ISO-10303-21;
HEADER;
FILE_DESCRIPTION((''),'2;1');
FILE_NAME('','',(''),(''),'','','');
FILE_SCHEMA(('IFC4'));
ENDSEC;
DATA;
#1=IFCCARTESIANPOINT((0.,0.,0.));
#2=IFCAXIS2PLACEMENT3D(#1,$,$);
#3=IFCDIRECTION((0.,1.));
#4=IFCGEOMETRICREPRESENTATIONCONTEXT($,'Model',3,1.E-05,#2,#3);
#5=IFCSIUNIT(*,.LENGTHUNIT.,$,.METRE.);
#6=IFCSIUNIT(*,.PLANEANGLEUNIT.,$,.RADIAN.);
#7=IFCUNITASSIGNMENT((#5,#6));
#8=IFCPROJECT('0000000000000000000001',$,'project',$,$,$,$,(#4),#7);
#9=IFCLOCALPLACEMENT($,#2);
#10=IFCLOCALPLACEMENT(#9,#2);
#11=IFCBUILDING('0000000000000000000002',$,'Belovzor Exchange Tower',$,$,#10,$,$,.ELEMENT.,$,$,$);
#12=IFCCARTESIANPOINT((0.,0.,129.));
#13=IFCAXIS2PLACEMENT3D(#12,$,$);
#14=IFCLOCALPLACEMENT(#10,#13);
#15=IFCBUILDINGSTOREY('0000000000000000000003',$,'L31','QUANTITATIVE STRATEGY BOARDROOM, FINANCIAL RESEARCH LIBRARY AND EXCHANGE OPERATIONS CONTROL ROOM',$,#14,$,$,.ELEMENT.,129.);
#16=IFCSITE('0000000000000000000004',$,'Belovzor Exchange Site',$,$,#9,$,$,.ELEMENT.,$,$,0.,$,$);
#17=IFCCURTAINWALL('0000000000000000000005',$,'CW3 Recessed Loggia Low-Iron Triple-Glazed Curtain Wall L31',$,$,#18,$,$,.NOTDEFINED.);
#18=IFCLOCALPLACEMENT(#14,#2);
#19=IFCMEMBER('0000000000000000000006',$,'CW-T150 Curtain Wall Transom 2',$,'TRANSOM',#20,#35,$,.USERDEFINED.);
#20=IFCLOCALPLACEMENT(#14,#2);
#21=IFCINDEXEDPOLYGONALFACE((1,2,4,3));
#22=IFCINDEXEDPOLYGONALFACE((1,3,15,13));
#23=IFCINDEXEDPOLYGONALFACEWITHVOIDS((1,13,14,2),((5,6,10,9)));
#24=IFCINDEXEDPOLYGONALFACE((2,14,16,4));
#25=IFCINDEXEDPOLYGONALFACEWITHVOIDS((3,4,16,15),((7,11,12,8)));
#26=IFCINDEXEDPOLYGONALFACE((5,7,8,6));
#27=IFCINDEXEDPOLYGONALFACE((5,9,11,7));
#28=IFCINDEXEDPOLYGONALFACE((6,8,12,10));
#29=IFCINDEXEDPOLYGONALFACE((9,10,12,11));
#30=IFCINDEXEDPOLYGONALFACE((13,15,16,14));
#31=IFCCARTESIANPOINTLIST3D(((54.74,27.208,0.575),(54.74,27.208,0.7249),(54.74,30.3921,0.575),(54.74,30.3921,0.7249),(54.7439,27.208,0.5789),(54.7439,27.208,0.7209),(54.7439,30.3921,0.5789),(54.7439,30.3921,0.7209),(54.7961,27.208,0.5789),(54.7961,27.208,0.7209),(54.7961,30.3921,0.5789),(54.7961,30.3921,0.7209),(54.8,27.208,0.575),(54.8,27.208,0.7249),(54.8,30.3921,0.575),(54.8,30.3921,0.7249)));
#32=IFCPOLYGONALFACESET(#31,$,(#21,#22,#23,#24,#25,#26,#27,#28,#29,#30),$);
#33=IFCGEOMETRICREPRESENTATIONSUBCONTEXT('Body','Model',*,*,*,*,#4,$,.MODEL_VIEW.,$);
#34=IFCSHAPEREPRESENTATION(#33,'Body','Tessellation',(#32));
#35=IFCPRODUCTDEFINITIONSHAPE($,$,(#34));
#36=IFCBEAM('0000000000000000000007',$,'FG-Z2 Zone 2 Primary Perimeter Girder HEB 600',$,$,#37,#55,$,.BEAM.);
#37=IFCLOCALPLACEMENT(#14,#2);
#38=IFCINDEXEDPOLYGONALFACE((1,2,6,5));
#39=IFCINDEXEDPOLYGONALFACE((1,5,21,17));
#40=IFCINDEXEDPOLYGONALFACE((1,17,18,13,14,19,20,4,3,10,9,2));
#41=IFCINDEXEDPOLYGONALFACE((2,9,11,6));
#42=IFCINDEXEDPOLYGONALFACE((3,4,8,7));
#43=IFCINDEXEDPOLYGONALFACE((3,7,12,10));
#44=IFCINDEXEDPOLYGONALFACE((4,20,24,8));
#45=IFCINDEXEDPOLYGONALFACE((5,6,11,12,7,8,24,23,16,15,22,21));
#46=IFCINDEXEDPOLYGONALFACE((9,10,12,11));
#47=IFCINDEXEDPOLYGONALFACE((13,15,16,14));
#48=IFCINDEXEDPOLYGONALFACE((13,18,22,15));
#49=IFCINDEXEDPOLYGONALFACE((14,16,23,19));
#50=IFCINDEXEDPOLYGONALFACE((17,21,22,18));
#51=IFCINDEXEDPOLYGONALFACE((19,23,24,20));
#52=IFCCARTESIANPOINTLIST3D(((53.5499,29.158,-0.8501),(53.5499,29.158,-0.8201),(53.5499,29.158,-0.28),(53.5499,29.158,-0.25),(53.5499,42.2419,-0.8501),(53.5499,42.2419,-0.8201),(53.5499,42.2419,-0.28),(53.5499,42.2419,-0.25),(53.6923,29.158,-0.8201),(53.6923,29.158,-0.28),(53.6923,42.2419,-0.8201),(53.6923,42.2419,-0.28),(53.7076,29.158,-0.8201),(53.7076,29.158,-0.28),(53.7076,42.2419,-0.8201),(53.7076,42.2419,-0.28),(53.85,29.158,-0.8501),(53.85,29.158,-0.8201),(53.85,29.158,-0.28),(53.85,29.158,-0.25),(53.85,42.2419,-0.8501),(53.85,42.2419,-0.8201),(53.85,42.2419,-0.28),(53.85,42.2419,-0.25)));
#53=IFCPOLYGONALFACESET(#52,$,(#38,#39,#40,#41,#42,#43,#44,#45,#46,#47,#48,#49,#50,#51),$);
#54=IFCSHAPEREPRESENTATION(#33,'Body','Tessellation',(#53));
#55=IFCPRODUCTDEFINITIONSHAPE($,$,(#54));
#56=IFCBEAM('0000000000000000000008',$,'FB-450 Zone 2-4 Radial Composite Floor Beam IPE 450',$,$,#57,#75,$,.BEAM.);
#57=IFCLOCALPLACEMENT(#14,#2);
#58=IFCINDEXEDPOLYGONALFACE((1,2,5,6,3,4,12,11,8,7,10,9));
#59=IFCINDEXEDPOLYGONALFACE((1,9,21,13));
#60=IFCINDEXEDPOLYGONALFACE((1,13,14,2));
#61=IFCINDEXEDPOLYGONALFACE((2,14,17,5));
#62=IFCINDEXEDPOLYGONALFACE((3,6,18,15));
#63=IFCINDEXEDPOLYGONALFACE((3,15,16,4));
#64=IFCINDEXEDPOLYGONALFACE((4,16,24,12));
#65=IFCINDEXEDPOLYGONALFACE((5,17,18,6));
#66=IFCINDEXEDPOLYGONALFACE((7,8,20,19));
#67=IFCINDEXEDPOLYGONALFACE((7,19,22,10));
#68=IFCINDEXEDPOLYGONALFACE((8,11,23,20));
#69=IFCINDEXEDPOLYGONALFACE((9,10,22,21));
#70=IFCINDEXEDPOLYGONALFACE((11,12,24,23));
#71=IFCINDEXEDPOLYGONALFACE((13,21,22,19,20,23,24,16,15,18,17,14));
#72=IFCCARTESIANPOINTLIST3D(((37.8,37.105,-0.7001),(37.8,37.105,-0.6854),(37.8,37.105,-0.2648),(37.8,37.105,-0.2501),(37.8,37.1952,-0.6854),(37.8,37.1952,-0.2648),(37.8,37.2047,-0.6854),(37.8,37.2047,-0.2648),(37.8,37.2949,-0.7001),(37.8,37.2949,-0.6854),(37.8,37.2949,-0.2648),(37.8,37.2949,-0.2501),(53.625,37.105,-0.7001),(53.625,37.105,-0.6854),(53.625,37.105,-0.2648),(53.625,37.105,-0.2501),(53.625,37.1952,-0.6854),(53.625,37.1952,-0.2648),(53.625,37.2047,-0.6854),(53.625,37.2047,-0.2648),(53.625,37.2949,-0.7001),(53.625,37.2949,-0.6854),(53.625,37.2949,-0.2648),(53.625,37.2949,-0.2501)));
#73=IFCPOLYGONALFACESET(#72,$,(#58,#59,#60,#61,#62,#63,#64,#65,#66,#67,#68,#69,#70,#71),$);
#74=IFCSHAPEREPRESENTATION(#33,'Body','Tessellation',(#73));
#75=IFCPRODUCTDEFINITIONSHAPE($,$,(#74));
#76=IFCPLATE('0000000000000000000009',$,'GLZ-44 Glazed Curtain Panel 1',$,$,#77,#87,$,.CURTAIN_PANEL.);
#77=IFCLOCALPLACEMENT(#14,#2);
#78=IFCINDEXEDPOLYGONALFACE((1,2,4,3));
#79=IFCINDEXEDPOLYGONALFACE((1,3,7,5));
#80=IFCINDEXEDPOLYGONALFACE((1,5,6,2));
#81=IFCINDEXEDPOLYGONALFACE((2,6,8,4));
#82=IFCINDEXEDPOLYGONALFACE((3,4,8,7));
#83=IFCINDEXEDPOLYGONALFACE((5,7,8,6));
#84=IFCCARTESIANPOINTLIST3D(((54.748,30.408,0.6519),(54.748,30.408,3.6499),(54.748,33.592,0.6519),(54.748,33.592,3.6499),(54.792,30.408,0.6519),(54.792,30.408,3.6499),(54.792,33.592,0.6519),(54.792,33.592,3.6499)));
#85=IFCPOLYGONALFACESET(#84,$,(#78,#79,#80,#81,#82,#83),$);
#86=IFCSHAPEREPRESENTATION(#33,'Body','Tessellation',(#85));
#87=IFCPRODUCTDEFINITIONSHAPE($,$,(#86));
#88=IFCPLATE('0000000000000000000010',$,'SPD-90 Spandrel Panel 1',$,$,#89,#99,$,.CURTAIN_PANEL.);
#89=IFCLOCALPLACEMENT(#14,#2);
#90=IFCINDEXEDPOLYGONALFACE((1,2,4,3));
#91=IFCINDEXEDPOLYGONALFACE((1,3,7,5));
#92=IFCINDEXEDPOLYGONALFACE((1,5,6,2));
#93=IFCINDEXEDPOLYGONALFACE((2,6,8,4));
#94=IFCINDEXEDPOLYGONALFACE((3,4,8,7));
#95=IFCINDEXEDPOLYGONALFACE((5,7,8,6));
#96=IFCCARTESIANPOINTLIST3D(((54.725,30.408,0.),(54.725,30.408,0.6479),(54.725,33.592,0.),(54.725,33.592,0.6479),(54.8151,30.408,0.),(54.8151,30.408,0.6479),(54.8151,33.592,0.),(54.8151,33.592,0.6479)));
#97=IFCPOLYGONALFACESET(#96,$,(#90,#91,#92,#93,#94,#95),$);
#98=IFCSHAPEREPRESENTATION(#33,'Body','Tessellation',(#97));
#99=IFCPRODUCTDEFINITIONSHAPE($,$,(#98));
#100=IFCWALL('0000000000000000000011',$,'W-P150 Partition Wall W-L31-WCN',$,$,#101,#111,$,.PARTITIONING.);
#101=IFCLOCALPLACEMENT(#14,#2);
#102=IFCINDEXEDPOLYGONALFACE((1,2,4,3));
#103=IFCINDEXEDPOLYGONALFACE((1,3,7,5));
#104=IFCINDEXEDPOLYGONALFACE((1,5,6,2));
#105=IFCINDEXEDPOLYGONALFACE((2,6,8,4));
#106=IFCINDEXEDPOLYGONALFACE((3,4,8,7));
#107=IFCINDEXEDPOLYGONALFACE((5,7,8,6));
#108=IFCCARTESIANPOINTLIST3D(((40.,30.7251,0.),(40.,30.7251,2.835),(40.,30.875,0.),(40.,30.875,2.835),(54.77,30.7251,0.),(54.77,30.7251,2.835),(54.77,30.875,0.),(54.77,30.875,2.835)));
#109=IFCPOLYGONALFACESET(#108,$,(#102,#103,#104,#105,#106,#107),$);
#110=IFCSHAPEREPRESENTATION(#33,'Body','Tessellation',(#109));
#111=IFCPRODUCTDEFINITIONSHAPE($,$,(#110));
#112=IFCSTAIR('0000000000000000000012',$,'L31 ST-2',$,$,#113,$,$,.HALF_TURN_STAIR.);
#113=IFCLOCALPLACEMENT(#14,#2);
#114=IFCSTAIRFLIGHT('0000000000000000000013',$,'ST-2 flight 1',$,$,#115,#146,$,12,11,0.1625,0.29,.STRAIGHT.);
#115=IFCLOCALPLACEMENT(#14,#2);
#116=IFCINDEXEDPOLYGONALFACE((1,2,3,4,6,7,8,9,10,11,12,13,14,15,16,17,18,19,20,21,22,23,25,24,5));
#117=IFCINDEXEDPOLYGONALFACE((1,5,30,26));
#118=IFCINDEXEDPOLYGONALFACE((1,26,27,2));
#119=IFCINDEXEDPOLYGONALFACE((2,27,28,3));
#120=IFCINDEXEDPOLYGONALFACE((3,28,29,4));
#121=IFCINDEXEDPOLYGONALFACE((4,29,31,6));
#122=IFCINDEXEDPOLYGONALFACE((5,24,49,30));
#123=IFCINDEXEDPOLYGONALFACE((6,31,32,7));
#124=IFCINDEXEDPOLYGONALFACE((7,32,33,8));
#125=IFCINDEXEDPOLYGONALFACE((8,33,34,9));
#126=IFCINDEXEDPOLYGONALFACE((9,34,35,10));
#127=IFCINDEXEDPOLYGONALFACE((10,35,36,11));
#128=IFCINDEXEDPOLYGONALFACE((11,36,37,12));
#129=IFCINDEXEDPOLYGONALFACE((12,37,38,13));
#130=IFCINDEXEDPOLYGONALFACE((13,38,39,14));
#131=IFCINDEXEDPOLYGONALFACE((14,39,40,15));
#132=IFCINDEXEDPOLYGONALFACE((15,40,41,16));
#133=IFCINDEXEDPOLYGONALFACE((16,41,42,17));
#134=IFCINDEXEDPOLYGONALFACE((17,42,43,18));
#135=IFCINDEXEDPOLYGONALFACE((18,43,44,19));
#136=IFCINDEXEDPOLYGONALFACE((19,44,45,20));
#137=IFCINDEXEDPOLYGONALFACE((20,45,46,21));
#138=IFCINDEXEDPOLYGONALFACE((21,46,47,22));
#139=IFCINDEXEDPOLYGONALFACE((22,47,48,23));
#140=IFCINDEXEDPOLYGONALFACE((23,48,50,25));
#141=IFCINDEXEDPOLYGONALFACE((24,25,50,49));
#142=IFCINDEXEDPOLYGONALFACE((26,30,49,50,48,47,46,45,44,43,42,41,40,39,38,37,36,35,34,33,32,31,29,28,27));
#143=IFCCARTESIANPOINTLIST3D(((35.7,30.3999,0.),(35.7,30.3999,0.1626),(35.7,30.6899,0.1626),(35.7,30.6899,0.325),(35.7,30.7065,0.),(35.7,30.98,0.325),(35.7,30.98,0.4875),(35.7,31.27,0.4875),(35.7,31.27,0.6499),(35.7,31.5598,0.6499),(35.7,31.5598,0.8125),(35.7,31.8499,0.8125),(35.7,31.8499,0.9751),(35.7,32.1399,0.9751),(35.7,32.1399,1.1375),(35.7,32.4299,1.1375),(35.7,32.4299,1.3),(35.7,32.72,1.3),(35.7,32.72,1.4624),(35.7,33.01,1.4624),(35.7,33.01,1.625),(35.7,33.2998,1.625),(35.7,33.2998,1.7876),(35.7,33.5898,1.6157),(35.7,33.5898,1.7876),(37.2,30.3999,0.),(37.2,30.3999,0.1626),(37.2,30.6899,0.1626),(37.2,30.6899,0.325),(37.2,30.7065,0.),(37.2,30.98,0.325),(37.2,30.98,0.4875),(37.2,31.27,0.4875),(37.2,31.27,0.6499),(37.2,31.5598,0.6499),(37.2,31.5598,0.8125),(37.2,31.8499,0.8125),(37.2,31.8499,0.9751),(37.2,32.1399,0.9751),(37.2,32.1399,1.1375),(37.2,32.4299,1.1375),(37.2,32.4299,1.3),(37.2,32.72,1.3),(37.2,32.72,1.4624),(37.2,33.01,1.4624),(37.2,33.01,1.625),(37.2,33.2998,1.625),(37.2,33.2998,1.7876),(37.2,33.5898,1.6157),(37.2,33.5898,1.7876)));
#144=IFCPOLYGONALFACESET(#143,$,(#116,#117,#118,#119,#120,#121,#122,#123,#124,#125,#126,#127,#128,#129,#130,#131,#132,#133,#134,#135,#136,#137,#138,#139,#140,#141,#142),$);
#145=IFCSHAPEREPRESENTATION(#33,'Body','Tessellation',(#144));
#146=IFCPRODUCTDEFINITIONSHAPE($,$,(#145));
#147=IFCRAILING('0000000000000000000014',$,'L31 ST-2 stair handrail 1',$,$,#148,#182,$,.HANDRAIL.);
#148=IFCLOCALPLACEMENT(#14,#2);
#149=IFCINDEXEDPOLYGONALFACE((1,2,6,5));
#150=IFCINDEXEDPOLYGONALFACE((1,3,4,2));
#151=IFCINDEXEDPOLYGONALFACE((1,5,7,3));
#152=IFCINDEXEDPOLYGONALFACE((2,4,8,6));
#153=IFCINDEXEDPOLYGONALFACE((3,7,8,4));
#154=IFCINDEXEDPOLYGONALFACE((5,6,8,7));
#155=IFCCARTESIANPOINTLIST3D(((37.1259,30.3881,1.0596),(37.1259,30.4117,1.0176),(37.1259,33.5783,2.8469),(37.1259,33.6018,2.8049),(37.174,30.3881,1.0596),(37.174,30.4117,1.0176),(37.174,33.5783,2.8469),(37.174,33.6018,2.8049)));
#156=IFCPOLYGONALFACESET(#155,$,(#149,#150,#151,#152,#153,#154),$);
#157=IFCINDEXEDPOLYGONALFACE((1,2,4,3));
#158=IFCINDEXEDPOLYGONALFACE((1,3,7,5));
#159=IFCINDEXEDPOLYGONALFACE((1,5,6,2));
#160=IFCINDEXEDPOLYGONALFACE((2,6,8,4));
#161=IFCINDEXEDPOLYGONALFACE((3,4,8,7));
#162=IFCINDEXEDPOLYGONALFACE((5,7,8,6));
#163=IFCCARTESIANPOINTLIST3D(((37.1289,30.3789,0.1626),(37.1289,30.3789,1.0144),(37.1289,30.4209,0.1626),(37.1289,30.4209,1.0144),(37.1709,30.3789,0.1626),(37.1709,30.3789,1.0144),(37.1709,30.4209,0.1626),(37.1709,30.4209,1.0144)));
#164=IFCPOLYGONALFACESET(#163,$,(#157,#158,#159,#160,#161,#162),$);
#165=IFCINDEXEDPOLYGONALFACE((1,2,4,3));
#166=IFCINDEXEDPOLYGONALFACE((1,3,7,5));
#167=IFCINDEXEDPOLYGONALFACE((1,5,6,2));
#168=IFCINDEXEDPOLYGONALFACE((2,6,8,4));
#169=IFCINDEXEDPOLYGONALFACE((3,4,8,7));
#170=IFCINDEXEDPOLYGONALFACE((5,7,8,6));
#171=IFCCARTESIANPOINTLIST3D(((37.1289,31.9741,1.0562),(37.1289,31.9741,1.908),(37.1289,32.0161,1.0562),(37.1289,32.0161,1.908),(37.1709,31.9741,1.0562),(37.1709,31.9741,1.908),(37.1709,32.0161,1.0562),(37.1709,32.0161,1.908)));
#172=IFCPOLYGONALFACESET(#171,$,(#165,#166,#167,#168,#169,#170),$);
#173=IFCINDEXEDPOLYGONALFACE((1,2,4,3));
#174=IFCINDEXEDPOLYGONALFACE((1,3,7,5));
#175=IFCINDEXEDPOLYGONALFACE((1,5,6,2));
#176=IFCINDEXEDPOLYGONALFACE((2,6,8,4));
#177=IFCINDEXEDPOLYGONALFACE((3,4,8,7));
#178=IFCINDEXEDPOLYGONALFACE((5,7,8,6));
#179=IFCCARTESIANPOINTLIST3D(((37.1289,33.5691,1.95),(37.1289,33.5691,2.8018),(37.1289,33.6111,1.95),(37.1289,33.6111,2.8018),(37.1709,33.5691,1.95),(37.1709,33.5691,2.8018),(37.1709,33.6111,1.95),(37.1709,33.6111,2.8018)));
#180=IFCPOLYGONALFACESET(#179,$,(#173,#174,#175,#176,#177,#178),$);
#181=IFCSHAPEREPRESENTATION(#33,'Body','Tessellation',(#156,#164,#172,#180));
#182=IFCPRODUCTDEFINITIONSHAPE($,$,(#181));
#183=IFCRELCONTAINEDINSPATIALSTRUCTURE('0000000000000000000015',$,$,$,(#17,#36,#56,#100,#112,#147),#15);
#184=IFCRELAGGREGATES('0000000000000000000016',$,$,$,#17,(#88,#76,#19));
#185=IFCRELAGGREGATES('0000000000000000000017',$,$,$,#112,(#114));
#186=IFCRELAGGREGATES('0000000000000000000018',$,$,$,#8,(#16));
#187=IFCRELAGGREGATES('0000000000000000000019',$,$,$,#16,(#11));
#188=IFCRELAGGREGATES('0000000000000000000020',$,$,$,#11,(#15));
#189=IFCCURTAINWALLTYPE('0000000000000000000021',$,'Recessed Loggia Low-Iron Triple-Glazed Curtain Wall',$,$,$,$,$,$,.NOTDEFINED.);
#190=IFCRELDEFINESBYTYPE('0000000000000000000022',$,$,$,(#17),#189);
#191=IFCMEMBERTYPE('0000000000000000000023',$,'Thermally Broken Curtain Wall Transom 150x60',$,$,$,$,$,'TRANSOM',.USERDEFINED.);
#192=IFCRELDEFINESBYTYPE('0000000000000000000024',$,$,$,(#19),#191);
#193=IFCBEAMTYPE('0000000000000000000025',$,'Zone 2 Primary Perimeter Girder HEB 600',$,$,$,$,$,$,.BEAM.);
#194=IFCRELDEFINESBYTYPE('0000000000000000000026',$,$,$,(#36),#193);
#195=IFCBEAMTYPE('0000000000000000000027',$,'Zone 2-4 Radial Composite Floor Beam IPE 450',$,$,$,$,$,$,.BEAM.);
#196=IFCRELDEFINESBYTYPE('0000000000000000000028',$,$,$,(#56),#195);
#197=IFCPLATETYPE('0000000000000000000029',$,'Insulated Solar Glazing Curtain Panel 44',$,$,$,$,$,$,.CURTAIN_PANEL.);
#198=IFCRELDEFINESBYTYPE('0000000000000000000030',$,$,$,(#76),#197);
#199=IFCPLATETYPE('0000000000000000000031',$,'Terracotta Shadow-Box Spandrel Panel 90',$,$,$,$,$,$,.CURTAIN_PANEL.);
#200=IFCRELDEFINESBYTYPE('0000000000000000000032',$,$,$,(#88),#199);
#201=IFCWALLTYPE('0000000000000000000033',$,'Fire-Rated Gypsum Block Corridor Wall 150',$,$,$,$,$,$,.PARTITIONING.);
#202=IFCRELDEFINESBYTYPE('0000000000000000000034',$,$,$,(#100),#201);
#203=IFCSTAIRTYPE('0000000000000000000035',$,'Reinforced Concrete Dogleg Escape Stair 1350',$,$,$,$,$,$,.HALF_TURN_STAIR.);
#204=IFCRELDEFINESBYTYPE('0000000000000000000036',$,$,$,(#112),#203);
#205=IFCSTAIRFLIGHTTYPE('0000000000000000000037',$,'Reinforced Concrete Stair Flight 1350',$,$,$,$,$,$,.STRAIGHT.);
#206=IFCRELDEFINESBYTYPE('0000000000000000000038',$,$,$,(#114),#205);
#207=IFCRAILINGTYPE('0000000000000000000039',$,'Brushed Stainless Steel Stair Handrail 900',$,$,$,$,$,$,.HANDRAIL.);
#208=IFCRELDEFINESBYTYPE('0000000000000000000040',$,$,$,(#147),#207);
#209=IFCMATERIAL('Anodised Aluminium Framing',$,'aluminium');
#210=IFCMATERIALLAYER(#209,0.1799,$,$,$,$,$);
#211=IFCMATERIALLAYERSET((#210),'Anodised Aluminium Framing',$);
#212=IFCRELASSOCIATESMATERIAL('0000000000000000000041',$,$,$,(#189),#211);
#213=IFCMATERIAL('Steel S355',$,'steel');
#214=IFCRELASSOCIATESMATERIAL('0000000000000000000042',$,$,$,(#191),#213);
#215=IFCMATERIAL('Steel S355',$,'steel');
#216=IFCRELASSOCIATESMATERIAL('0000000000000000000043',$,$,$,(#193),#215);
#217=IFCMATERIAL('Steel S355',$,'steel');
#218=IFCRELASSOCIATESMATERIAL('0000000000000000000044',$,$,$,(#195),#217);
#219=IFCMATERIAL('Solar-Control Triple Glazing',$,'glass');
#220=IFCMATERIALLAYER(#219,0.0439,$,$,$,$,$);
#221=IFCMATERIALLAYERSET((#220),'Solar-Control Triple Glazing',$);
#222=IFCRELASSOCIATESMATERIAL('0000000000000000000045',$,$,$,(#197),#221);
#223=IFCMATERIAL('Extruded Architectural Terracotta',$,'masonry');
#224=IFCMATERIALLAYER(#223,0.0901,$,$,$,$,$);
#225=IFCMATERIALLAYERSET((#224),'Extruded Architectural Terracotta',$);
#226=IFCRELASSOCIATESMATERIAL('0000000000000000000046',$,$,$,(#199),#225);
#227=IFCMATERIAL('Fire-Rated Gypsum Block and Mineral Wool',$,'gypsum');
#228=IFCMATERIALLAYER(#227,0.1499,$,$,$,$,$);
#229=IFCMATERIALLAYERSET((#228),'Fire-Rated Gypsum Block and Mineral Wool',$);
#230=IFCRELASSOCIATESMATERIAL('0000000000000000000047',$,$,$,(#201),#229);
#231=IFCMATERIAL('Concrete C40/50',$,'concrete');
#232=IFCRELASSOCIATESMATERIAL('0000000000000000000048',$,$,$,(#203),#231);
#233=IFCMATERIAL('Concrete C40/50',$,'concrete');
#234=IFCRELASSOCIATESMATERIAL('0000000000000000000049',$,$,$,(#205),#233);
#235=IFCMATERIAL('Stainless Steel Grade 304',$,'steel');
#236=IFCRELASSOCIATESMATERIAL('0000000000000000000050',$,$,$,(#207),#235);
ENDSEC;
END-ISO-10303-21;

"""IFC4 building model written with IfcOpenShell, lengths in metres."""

from ifc_helpers import new_model, si_unit, direction, frame, frame_2d, origin, origin_2d, place, context, subcontext, project, spatial, polyline, rectangle, hollow_rectangle, i_section, outline, extrude, material, layer, layer_set, material_profile, profile_set, type_object, element, aggregate, save


model = new_model("IFC4")

# Units and contexts
model_context = context("Model", 3, precision=1e-05, world=origin(), true_north=direction((0.0, 1.0)))
body_context = subcontext(model_context, "Body", "Model", "MODEL_VIEW")
ifc_project = project(units=[si_unit("LENGTHUNIT", "METRE"), si_unit("PLANEANGLEUNIT", "RADIAN")], contexts=[model_context])

# Site, building, storey
site_placement = place(None, origin())
site = spatial("IfcSite", under=ifc_project, at=site_placement, Name="Belovzor Exchange Site", CompositionType="ELEMENT", RefElevation=0.0)
building_placement = place(site_placement, origin())
building = spatial("IfcBuilding", under=site, at=building_placement, Name="Belovzor Exchange Tower", CompositionType="ELEMENT")
storey_placement = place(building_placement, frame((0.0, 0.0, 129.0)))
storey = spatial("IfcBuildingStorey", under=building, at=storey_placement, Name="L31", Description="QUANTITATIVE STRATEGY BOARDROOM, FINANCIAL RESEARCH LIBRARY AND EXCHANGE OPERATIONS CONTROL ROOM", CompositionType="ELEMENT", Elevation=129.0)

# Curtain wall, member
ifc_material_1 = material(Name="Anodised Aluminium Framing", Category="aluminium")
ifc_layer_1 = layer(ifc_material_1, 0.1799)
ifc_layer_set_1 = layer_set([ifc_layer_1], Name="Anodised Aluminium Framing")
curtain_wall_type = type_object("IfcCurtainWallType", Name="Recessed Loggia Low-Iron Triple-Glazed Curtain Wall", PredefinedType="NOTDEFINED", material=ifc_layer_set_1)
curtain_wall_placement = place(storey_placement, origin())
curtain_wall = element("IfcCurtainWall", 1, at=curtain_wall_placement, inside=storey, type_object=curtain_wall_type, Name="CW3 Recessed Loggia Low-Iron Triple-Glazed Curtain Wall L31", PredefinedType="NOTDEFINED")
ifc_material_2 = material(Name="Steel S355", Category="steel")
ifc_material_profile_1 = material_profile(ifc_material_2, hollow_rectangle(XDim=0.0601, YDim=0.1499, WallThickness=0.0039, at=origin_2d()))
ifc_profile_set_1 = profile_set([ifc_material_profile_1], Name="Steel S355")
member_type_1 = type_object("IfcMemberType", Name="Thermally Broken Curtain Wall Transom 150x60", ElementType="TRANSOM", PredefinedType="USERDEFINED", material=ifc_profile_set_1)
member_1_placement = place(storey_placement, frame((54.77, 30.3921, 0.6499), z_axis=(0.0, -1.0, 0.0), x_axis=(1.0, 0.0, 0.0)))
member_1 = element("IfcMember", 2, at=member_1_placement, type_object=member_type_1, Name="CW-T150 Curtain Wall Transom 2", ObjectType="TRANSOM", PredefinedType="USERDEFINED", context=body_context, shape_type="SweptSolid", body=[
    extrude(hollow_rectangle(XDim=0.0601, YDim=0.1499, WallThickness=0.0039, at=origin_2d()), origin(), (0.0, 0.0, 1.0), 3.1841),
])

# Beams
ifc_material_3 = material(Name="Steel S355", Category="steel")
ifc_material_profile_2 = material_profile(ifc_material_3, i_section(OverallWidth=0.3, OverallDepth=0.6001, WebThickness=0.0154, FlangeThickness=0.03, at=origin_2d()))
ifc_profile_set_2 = profile_set([ifc_material_profile_2], Name="Steel S355")
beam_type_1 = type_object("IfcBeamType", Name="Zone 2 Primary Perimeter Girder HEB 600", PredefinedType="BEAM", material=ifc_profile_set_2)
beam_1_placement = place(storey_placement, frame((53.7, 29.158, -0.55), z_axis=(0.0, 1.0, 0.0), x_axis=(-1.0, 0.0, 0.0)))
element("IfcBeam", 3, at=beam_1_placement, inside=storey, type_object=beam_type_1, Name="FG-Z2 Zone 2 Primary Perimeter Girder HEB 600", PredefinedType="BEAM", context=body_context, shape_type="SweptSolid", body=[
    extrude(i_section(OverallWidth=0.3, OverallDepth=0.6001, WebThickness=0.0154, FlangeThickness=0.03, at=origin_2d()), origin(), (0.0, 0.0, 1.0), 13.084),
])
ifc_material_4 = material(Name="Steel S355", Category="steel")
ifc_material_profile_3 = material_profile(ifc_material_4, i_section(OverallWidth=0.1899, OverallDepth=0.45, WebThickness=0.0095, FlangeThickness=0.0146, at=origin_2d()))
ifc_profile_set_3 = profile_set([ifc_material_profile_3], Name="Steel S355")
beam_type_2 = type_object("IfcBeamType", Name="Zone 2-4 Radial Composite Floor Beam IPE 450", PredefinedType="BEAM", material=ifc_profile_set_3)
beam_2_placement = place(storey_placement, frame((37.8, 37.2, -0.4751), z_axis=(1.0, 0.0, 0.0), x_axis=(0.0, 1.0, 0.0)))
element("IfcBeam", 4, at=beam_2_placement, inside=storey, type_object=beam_type_2, Name="FB-450 Zone 2-4 Radial Composite Floor Beam IPE 450", PredefinedType="BEAM", context=body_context, shape_type="SweptSolid", body=[
    extrude(i_section(OverallWidth=0.1899, OverallDepth=0.45, WebThickness=0.0095, FlangeThickness=0.0146, at=origin_2d()), origin(), (0.0, 0.0, 1.0), 15.825),
])

# Plates
ifc_material_5 = material(Name="Solar-Control Triple Glazing", Category="glass")
ifc_layer_2 = layer(ifc_material_5, 0.0439)
ifc_layer_set_2 = layer_set([ifc_layer_2], Name="Solar-Control Triple Glazing")
plate_type_1 = type_object("IfcPlateType", Name="Insulated Solar Glazing Curtain Panel 44", PredefinedType="CURTAIN_PANEL", material=ifc_layer_set_2)
plate_1_placement = place(storey_placement, frame((54.77, 32.0, 0.6519), z_axis=(0.0, 0.0, 1.0), x_axis=(0.0, -1.0, 0.0)))
plate_1 = element("IfcPlate", 5, at=plate_1_placement, type_object=plate_type_1, Name="GLZ-44 Glazed Curtain Panel 1", PredefinedType="CURTAIN_PANEL", context=body_context, shape_type="SweptSolid", body=[
    extrude(rectangle(XDim=3.1841, YDim=0.0439, at=origin_2d()), origin(), (0.0, 0.0, 1.0), 2.998),
])
ifc_material_6 = material(Name="Extruded Architectural Terracotta", Category="masonry")
ifc_layer_3 = layer(ifc_material_6, 0.0901)
ifc_layer_set_3 = layer_set([ifc_layer_3], Name="Extruded Architectural Terracotta")
plate_type_2 = type_object("IfcPlateType", Name="Terracotta Shadow-Box Spandrel Panel 90", PredefinedType="CURTAIN_PANEL", material=ifc_layer_set_3)
plate_2_placement = place(storey_placement, frame((54.77, 32.0, 0.0), z_axis=(0.0, 0.0, 1.0), x_axis=(0.0, -1.0, 0.0)))
plate_2 = element("IfcPlate", 6, at=plate_2_placement, type_object=plate_type_2, Name="SPD-90 Spandrel Panel 1", PredefinedType="CURTAIN_PANEL", context=body_context, shape_type="SweptSolid", body=[
    extrude(rectangle(XDim=3.1841, YDim=0.0901, at=origin_2d()), origin(), (0.0, 0.0, 1.0), 0.6479),
])
aggregate(curtain_wall, [plate_2, plate_1, member_1])

# Wall
ifc_material_7 = material(Name="Fire-Rated Gypsum Block and Mineral Wool", Category="gypsum")
ifc_layer_4 = layer(ifc_material_7, 0.1499)
ifc_layer_set_4 = layer_set([ifc_layer_4], Name="Fire-Rated Gypsum Block and Mineral Wool")
wall_type = type_object("IfcWallType", Name="Fire-Rated Gypsum Block Corridor Wall 150", PredefinedType="PARTITIONING", material=ifc_layer_set_4)
wall_placement = place(storey_placement, frame((40.0, 30.8, 0.0), z_axis=(0.0, 0.0, 1.0), x_axis=(1.0, 0.0, 0.0)))
element("IfcWall", 7, at=wall_placement, inside=storey, type_object=wall_type, Name="W-P150 Partition Wall W-L31-WCN", PredefinedType="PARTITIONING", context=body_context, shape_type="SweptSolid", body=[
    extrude(rectangle(XDim=14.77, YDim=0.1499, at=frame_2d((7.385, 0.0))), origin(), (0.0, 0.0, 1.0), 2.835),
])

# Stair, stair flight
ifc_material_8 = material(Name="Concrete C40/50", Category="concrete")
stair_type = type_object("IfcStairType", Name="Reinforced Concrete Dogleg Escape Stair 1350", PredefinedType="HALF_TURN_STAIR", material=ifc_material_8)
stair_placement = place(storey_placement, origin())
stair = element("IfcStair", 8, at=stair_placement, inside=storey, type_object=stair_type, Name="L31 ST-2", PredefinedType="HALF_TURN_STAIR")
ifc_material_9 = material(Name="Concrete C40/50", Category="concrete")
stair_flight_type = type_object("IfcStairFlightType", Name="Reinforced Concrete Stair Flight 1350", PredefinedType="STRAIGHT", material=ifc_material_9)
stair_flight_placement = place(storey_placement, frame((36.45, 30.3999, 0.0), z_axis=(0.0, 0.0, 1.0), x_axis=(0.0, 1.0, 0.0)))
stair_flight = element("IfcStairFlight", 9, at=stair_flight_placement, type_object=stair_flight_type, Name="ST-2 flight 1", NumberOfRisers=12, NumberOfTreads=11, PredefinedType="STRAIGHT", RiserHeight=0.1625, TreadLength=0.29, context=body_context, shape_type="SweptSolid", body=[
    extrude(outline(polyline([(0.0, 0.0), (0.0, 0.1626), (0.29, 0.1626), (0.29, 0.325), (0.5801, 0.325), (0.5801, 0.4875), (0.8701, 0.4875), (0.8701, 0.6499), (1.1599, 0.6499), (1.1599, 0.8125), (1.45, 0.8125), (1.45, 0.9751), (1.74, 0.9751), (1.74, 1.1375), (2.03, 1.1375), (2.03, 1.3), (2.3201, 1.3), (2.3201, 1.4624), (2.6101, 1.4624), (2.6101, 1.625), (2.8999, 1.625), (2.8999, 1.7876), (3.1899, 1.7876), (3.1899, 1.95), (3.1899, 1.6157), (0.3066, 0.0), (0.0, 0.0)])), frame((0.0, 0.75, 0.0), z_axis=(0.0, -1.0, 0.0), x_axis=(1.0, 0.0, 0.0)), (0.0, 0.0, 1.0), 1.5),
])
aggregate(stair, [stair_flight])

# Railing
ifc_material_10 = material(Name="Stainless Steel Grade 304", Category="steel")
railing_type_1 = type_object("IfcRailingType", Name="Brushed Stainless Steel Stair Handrail 900", PredefinedType="HANDRAIL", material=ifc_material_10)
railing_1_placement = place(storey_placement, frame((37.1499, 30.3999, 0.1626)))
element("IfcRailing", 10, at=railing_1_placement, inside=storey, type_object=railing_type_1, Name="L31 ST-2 stair handrail 1", PredefinedType="HANDRAIL", context=body_context, shape_type="SweptSolid", body=[
    extrude(rectangle(XDim=0.0481, YDim=0.0481, at=origin_2d()), frame((0.0, 0.0, 0.876), z_axis=(0.0, 0.872407, 0.48878), x_axis=(-1.0, 0.0, 0.0)), (0.0, 0.0, 1.0), 3.6567),
    extrude(rectangle(XDim=0.042, YDim=0.042, at=origin_2d()), origin(), (0.0, 0.0, 1.0), 0.8518),
    extrude(rectangle(XDim=0.042, YDim=0.042, at=origin_2d()), frame((0.0, 1.5952, 0.8936)), (0.0, 0.0, 1.0), 0.8518),
    extrude(rectangle(XDim=0.042, YDim=0.042, at=origin_2d()), frame((0.0, 3.1902, 1.7874)), (0.0, 0.0, 1.0), 0.8518),
])

save(model, "model.ifc")
